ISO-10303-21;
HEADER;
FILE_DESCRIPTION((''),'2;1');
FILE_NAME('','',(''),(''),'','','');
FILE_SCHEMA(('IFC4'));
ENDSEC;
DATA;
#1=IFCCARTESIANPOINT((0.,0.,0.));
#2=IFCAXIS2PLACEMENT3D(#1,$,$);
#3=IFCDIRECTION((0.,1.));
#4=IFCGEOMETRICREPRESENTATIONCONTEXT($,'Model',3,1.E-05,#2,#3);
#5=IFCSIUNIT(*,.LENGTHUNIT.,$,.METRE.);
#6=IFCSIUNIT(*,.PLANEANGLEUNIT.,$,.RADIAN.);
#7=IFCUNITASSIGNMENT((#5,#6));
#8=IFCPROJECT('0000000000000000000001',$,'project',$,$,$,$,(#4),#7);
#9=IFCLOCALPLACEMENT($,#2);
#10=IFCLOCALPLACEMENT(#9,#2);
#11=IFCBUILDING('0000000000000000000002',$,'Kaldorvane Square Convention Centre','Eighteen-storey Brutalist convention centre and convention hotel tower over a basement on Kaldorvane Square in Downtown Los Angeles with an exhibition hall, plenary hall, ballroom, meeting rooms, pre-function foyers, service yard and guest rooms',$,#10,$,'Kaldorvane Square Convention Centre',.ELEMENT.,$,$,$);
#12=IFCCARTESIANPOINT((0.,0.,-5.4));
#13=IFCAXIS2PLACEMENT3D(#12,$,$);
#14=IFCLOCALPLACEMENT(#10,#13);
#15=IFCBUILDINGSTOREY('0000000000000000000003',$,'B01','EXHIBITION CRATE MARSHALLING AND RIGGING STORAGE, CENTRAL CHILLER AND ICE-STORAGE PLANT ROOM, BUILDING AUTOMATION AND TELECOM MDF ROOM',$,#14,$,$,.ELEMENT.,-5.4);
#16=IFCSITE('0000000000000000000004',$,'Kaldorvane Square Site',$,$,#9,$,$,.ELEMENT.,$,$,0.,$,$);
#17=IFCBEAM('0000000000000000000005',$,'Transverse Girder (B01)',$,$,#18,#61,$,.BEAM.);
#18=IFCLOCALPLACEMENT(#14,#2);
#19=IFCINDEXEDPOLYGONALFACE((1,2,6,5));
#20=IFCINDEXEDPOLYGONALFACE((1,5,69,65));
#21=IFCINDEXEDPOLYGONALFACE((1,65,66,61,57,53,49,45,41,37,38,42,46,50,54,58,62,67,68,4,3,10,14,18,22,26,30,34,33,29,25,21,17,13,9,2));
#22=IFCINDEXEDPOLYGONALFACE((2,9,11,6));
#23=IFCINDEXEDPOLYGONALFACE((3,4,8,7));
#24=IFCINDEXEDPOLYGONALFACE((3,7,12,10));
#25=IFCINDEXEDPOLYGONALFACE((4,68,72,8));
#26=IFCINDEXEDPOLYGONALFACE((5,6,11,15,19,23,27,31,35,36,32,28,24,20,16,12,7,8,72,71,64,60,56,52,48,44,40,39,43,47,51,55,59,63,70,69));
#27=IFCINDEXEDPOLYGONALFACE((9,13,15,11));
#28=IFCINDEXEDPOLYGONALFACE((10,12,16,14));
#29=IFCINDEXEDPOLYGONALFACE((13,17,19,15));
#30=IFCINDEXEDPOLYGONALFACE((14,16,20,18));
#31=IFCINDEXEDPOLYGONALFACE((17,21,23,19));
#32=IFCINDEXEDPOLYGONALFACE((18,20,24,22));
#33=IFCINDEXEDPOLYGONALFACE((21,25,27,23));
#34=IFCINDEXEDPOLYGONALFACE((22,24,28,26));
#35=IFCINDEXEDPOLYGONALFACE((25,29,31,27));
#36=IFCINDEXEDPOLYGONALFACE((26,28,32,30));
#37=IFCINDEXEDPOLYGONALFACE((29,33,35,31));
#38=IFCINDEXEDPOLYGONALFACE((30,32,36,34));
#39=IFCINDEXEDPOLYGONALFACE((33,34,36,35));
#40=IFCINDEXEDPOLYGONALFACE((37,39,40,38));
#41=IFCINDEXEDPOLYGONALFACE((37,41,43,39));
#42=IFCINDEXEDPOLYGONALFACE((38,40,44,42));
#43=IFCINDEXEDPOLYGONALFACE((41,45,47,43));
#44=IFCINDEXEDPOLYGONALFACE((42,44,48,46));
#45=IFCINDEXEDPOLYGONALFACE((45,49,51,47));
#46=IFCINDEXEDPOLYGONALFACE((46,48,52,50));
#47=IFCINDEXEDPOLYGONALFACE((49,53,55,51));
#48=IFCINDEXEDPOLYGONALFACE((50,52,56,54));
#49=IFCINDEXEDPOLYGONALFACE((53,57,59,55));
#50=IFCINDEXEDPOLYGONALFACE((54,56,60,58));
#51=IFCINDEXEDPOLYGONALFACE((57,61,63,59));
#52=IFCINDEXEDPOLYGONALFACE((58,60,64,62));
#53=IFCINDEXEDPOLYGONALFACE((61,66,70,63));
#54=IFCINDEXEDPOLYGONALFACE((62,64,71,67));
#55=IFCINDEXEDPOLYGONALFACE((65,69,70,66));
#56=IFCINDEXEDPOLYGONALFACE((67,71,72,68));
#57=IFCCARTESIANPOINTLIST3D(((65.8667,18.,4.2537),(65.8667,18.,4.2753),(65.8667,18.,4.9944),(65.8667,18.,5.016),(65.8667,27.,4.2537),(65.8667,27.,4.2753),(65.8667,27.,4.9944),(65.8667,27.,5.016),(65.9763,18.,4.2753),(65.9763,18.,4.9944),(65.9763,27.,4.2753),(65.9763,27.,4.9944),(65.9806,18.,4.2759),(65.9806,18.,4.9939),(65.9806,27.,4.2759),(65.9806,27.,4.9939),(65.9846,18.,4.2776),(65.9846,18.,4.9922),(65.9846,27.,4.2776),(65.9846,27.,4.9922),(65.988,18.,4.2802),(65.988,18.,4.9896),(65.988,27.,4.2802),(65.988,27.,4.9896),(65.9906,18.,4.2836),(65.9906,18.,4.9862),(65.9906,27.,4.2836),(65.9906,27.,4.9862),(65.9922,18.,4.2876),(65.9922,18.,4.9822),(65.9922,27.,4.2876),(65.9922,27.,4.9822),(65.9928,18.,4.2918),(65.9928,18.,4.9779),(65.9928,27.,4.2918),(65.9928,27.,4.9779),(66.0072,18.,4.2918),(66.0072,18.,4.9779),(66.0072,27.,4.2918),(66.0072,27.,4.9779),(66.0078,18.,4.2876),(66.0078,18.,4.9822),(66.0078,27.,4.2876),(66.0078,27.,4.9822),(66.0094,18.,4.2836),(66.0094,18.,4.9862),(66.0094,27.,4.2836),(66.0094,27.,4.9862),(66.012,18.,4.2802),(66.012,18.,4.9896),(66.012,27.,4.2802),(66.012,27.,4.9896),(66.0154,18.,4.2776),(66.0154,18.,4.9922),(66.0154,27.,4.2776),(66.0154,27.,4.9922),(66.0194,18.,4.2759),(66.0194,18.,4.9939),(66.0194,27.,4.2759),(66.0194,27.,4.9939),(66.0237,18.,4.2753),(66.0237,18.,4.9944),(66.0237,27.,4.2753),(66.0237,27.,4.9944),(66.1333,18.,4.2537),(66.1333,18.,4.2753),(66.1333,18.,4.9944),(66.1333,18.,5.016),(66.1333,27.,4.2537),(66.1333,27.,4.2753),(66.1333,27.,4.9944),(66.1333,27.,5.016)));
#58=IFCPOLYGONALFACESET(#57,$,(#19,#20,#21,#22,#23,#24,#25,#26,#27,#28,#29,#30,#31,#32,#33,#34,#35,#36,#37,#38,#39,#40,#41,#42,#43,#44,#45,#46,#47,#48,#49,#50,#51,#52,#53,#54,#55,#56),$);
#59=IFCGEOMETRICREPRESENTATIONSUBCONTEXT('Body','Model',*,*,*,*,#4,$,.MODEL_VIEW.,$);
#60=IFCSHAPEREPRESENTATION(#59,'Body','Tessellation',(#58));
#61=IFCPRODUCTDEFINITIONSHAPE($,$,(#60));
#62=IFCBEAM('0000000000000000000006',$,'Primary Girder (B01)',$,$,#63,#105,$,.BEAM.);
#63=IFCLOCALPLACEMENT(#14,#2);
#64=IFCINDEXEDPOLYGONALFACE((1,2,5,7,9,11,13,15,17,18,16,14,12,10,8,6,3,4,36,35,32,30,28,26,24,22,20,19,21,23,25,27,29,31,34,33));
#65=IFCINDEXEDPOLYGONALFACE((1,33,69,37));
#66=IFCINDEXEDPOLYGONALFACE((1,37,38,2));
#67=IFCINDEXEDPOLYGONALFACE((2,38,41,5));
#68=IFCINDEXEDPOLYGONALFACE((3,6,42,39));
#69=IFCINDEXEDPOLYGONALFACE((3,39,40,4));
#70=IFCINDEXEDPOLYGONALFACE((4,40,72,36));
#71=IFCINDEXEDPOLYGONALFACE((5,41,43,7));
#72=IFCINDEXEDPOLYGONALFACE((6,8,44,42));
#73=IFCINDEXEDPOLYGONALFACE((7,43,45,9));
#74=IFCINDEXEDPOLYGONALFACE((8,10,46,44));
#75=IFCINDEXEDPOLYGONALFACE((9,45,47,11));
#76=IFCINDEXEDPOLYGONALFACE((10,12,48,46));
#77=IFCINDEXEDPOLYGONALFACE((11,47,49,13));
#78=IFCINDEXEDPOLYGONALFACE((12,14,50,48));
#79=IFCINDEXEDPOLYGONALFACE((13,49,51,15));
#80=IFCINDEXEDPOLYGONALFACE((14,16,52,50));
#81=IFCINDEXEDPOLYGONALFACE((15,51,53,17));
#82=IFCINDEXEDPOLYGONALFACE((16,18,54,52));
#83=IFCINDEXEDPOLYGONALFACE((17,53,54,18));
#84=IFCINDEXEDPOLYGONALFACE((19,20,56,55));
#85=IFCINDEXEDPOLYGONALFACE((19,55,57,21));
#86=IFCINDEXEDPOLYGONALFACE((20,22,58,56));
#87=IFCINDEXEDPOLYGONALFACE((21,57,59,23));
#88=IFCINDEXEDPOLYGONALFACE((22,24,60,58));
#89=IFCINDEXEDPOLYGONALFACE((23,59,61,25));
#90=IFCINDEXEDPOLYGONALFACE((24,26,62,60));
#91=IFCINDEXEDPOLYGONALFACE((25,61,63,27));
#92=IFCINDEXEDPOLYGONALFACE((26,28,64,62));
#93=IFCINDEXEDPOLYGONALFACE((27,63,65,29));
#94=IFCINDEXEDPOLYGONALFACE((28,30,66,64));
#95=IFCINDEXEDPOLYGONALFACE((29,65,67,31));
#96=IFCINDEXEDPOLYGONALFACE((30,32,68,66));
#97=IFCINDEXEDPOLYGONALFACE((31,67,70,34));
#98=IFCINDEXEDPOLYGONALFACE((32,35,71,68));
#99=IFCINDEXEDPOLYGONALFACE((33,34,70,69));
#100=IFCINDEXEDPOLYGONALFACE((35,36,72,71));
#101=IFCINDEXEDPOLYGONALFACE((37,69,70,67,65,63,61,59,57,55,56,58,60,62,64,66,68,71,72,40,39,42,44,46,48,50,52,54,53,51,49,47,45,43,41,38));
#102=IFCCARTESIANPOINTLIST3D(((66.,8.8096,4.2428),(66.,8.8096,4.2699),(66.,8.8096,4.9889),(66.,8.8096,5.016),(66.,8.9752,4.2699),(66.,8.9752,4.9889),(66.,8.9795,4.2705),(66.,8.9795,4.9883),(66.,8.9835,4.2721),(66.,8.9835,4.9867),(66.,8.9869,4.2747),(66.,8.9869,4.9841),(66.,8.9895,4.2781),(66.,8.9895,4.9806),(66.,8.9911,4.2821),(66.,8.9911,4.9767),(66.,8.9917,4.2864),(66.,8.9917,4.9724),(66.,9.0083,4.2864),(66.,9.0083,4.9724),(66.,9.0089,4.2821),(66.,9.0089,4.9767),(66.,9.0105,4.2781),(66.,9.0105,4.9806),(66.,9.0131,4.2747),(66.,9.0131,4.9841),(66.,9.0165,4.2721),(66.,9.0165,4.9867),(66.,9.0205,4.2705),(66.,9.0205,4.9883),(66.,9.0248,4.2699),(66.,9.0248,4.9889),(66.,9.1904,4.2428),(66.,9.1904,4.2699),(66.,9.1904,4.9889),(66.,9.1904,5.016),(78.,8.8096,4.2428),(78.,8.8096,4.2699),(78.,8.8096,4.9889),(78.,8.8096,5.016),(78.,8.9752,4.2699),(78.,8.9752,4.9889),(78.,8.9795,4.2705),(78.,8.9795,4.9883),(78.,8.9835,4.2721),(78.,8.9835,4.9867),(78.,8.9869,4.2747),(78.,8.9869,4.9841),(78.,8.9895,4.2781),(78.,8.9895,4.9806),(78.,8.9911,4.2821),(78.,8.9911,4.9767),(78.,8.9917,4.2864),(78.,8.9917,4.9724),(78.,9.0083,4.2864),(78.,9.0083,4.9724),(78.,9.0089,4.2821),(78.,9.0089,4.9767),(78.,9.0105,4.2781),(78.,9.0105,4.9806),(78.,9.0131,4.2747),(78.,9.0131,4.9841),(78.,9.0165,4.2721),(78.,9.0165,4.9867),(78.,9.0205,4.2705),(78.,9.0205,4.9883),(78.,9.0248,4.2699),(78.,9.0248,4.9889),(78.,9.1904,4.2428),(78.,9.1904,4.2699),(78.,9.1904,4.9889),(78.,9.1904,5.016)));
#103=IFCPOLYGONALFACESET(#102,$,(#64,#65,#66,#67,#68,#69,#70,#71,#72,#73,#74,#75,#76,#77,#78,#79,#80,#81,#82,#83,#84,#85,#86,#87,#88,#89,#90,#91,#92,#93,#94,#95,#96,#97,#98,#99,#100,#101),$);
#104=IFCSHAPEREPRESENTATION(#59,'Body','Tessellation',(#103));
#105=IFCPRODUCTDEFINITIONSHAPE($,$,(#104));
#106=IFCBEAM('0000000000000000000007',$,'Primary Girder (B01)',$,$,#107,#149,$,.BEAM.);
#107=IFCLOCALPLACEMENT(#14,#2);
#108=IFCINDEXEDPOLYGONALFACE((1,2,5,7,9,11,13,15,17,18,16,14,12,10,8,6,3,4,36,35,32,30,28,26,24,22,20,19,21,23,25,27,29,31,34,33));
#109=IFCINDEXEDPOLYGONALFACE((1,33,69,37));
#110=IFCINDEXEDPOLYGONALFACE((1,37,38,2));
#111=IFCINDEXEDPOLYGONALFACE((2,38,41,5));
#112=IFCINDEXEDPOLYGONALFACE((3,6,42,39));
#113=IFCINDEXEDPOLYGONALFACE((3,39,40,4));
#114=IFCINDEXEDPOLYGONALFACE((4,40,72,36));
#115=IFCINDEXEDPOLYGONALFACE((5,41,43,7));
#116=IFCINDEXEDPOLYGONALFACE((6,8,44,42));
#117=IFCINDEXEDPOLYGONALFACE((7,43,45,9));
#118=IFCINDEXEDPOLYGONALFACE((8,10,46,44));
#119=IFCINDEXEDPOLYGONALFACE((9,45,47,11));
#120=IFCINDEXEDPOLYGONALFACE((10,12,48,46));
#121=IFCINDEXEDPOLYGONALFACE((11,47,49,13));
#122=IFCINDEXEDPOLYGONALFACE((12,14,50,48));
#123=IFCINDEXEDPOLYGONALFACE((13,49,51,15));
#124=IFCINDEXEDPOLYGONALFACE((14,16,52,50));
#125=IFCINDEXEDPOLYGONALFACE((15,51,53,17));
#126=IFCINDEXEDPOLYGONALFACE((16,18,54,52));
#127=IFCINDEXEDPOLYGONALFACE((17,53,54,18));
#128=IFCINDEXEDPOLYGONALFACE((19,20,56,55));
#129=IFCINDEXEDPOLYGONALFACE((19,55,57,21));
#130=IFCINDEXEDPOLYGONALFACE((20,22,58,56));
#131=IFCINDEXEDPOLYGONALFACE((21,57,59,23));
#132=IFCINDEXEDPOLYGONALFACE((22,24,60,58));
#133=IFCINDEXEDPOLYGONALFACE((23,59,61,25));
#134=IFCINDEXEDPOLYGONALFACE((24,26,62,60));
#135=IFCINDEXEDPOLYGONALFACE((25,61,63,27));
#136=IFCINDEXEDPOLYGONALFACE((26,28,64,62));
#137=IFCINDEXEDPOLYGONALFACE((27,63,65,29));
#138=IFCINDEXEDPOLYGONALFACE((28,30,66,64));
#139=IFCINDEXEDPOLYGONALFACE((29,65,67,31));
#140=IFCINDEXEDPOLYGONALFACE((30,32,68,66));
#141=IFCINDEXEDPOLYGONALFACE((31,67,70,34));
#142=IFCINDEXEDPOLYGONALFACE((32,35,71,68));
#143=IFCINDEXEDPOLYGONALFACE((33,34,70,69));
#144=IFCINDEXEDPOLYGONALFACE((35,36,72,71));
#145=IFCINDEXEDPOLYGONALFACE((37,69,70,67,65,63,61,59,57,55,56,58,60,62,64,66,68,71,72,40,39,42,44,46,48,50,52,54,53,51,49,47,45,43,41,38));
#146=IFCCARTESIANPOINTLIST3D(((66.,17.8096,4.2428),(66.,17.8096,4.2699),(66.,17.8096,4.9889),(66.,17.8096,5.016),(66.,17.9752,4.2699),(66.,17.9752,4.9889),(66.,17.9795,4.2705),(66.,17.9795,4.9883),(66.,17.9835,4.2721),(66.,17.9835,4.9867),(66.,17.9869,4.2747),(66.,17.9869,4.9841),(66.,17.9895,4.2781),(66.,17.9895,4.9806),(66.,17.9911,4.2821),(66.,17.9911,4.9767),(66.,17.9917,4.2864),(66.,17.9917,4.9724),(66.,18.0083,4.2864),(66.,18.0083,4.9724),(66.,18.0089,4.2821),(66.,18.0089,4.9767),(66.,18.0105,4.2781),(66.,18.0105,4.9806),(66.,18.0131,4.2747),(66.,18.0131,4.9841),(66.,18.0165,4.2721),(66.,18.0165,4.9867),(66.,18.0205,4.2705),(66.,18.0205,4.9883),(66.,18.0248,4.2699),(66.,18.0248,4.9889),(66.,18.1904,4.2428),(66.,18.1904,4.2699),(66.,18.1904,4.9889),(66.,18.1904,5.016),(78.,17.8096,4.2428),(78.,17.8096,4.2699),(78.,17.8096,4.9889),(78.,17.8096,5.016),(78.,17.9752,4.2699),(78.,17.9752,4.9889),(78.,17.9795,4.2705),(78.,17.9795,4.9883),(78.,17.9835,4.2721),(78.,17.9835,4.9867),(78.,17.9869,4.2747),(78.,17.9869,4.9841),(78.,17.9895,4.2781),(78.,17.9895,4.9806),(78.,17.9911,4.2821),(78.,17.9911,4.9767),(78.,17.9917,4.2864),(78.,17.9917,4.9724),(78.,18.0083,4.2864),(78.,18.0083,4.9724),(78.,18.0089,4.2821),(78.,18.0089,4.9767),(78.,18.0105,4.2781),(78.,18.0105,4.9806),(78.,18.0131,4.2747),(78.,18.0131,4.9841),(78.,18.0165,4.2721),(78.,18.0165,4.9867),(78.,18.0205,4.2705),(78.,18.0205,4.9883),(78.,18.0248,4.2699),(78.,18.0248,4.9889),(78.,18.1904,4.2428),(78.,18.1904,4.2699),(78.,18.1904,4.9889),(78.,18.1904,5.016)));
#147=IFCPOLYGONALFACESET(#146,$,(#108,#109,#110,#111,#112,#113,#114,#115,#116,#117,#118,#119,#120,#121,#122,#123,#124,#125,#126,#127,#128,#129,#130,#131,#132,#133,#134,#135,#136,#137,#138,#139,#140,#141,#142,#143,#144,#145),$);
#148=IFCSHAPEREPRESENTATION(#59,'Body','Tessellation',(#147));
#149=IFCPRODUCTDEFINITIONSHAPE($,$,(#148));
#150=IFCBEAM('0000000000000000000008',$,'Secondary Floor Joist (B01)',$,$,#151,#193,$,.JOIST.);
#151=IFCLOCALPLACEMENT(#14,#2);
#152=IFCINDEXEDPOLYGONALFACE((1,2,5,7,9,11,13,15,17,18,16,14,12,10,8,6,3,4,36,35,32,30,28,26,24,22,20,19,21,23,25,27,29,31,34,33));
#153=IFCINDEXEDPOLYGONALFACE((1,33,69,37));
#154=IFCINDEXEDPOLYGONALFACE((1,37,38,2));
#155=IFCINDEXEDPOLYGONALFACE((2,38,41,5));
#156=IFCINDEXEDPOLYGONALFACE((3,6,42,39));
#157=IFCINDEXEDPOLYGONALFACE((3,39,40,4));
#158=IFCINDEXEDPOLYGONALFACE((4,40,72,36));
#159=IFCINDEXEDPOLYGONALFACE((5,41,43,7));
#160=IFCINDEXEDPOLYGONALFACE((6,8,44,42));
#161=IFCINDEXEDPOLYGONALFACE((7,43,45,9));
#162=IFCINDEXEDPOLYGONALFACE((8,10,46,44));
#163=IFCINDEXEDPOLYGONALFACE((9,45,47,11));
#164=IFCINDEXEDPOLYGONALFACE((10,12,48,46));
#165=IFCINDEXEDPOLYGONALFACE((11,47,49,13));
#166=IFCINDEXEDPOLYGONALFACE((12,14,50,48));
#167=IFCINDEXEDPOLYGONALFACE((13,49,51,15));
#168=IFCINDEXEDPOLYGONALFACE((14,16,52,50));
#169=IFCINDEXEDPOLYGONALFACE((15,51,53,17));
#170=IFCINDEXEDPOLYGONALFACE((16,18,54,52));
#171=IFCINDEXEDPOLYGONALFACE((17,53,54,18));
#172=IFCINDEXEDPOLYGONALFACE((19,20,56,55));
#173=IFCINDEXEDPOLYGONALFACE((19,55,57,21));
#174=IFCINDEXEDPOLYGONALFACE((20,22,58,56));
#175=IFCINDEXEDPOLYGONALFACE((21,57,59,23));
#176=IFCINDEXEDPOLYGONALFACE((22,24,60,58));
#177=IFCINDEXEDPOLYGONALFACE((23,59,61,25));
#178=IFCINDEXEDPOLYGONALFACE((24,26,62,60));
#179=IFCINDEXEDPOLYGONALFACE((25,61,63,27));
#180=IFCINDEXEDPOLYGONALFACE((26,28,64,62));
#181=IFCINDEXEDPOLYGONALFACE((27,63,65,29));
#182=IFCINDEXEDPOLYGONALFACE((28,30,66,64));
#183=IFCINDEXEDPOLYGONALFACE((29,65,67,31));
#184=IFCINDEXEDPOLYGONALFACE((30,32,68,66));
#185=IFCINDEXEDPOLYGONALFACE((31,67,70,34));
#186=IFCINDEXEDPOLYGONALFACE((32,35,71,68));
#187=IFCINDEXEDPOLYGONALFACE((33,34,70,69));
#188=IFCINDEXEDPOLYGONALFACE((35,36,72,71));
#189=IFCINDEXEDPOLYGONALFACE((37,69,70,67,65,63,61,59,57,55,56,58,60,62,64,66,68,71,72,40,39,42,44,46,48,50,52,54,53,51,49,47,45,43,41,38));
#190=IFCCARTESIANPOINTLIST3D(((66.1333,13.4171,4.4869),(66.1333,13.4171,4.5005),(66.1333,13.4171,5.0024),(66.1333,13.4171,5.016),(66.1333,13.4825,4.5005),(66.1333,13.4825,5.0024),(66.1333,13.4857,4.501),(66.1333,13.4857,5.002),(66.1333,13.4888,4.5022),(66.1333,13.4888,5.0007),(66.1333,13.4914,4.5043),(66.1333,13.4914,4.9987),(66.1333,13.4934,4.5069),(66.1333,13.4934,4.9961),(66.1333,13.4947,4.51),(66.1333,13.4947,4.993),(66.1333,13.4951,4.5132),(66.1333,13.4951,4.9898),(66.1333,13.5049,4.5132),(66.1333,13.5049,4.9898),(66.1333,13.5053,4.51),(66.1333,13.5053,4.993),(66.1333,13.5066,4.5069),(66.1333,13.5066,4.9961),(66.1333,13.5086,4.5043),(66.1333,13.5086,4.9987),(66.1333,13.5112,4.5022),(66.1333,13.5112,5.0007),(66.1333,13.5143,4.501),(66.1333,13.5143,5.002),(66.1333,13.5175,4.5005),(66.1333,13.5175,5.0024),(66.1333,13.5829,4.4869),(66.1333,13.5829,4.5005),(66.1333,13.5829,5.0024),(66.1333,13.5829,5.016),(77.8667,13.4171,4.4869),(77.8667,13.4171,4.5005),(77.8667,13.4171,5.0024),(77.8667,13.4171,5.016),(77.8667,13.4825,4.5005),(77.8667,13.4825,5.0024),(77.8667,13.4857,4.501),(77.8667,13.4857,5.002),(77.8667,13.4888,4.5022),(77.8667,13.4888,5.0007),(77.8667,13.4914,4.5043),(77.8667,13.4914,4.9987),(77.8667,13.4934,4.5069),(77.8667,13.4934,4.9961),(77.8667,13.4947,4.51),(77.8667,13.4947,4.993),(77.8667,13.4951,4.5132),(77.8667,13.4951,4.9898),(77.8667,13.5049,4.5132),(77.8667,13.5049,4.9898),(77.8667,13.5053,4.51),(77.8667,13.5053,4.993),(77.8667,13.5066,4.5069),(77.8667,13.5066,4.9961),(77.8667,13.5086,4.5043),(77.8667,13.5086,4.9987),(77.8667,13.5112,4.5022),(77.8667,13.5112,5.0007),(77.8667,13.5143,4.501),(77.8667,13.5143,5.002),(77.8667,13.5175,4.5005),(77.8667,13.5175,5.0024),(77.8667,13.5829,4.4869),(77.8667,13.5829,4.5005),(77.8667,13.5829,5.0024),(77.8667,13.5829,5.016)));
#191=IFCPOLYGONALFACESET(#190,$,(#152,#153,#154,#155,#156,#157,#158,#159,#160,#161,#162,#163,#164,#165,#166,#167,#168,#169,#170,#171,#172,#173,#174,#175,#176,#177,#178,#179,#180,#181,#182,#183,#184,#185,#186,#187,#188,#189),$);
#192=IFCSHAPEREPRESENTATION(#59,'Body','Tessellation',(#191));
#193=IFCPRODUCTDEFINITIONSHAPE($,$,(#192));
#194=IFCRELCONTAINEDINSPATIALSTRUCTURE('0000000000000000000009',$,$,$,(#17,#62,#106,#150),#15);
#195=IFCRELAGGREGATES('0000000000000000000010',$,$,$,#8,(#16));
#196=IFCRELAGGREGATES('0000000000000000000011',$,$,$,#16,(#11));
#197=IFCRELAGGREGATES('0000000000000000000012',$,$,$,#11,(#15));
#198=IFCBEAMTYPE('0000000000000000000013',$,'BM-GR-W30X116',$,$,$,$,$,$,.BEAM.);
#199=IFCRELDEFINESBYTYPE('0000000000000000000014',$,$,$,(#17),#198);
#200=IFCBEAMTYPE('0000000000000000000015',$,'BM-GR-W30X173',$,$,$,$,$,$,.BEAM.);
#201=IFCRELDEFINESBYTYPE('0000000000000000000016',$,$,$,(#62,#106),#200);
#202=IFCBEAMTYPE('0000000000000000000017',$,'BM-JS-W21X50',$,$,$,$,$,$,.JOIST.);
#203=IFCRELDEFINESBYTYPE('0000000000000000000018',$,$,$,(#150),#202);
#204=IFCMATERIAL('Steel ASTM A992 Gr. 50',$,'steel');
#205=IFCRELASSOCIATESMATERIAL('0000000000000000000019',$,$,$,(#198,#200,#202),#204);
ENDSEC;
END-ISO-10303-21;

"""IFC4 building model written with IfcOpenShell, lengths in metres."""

from ifc_helpers import new_model, si_unit, direction, frame, origin, origin_2d, place, context, subcontext, project, spatial, i_section, extrude, material, material_profile, profile_set, type_object, element, save


model = new_model("IFC4")

# Units and contexts
model_context = context("Model", 3, precision=1e-05, world=origin(), true_north=direction((0.0, 1.0)))
body_context = subcontext(model_context, "Body", "Model", "MODEL_VIEW")
ifc_project = project(units=[si_unit("LENGTHUNIT", "METRE"), si_unit("PLANEANGLEUNIT", "RADIAN")], contexts=[model_context])

# Site, building, storey
site_placement = place(None, origin())
site = spatial("IfcSite", under=ifc_project, at=site_placement, Name="Kaldorvane Square Site", CompositionType="ELEMENT", RefElevation=0.0)
building_placement = place(site_placement, origin())
building = spatial("IfcBuilding", under=site, at=building_placement, Name="Kaldorvane Square Convention Centre", Description="Eighteen-storey Brutalist convention centre and convention hotel tower over a basement on Kaldorvane Square in Downtown Los Angeles with an exhibition hall, plenary hall, ballroom, meeting rooms, pre-function foyers, service yard and guest rooms", LongName="Kaldorvane Square Convention Centre", CompositionType="ELEMENT")
storey_placement = place(building_placement, frame((0.0, 0.0, -5.4)))
storey = spatial("IfcBuildingStorey", under=building, at=storey_placement, Name="B01", Description="EXHIBITION CRATE MARSHALLING AND RIGGING STORAGE, CENTRAL CHILLER AND ICE-STORAGE PLANT ROOM, BUILDING AUTOMATION AND TELECOM MDF ROOM", CompositionType="ELEMENT", Elevation=-5.4)

# Shared definitions
ifc_material_1 = material(Name="Steel ASTM A992 Gr. 50", Category="steel")

# Beams
ifc_material_profile_1 = material_profile(ifc_material_1, i_section(OverallWidth=0.2666, OverallDepth=0.7623, WebThickness=0.0144, FlangeThickness=0.0216, FilletRadius=0.0165, at=origin_2d()), Name="W30X116")
ifc_profile_set_1 = profile_set([ifc_material_profile_1], Name="Steel ASTM A992 Gr. 50")
beam_type_1 = type_object("IfcBeamType", Name="BM-GR-W30X116", PredefinedType="BEAM", material=ifc_profile_set_1)
for number, where, z_axis, x_axis, name in (
    (1, (66.0, 18.0, 4.6349), (0.0, 1.0, 0.0), (-1.0, 0.0, 0.0), "Transverse Girder (B01)"),
):
    element("IfcBeam", number, at=place(storey_placement, frame(where, z_axis=z_axis, x_axis=x_axis)), inside=storey, type_object=beam_type_1, Name=name, PredefinedType="BEAM", context=body_context, shape_type="SweptSolid", body=[
        extrude(i_section(OverallWidth=0.2666, OverallDepth=0.7623, WebThickness=0.0144, FlangeThickness=0.0216, FilletRadius=0.0165, at=origin_2d()), origin(), (0.0, 0.0, 1.0), 9.0),
    ])
ifc_material_profile_2 = material_profile(ifc_material_1, i_section(OverallWidth=0.3807, OverallDepth=0.7732, WebThickness=0.0166, FlangeThickness=0.0271, FilletRadius=0.0165, at=origin_2d()), Name="W30X173")
ifc_profile_set_2 = profile_set([ifc_material_profile_2], Name="Steel ASTM A992 Gr. 50")
beam_type_2 = type_object("IfcBeamType", Name="BM-GR-W30X173", PredefinedType="BEAM", material=ifc_profile_set_2)
for number, where, z_axis, x_axis, name in (
    (2, (66.0, 9.0, 4.6294), (1.0, 0.0, 0.0), (0.0, 1.0, 0.0), "Primary Girder (B01)"),
    (3, (66.0, 18.0, 4.6294), (1.0, 0.0, 0.0), (0.0, 1.0, 0.0), "Primary Girder (B01)"),
):
    element("IfcBeam", number, at=place(storey_placement, frame(where, z_axis=z_axis, x_axis=x_axis)), inside=storey, type_object=beam_type_2, Name=name, PredefinedType="BEAM", context=body_context, shape_type="SweptSolid", body=[
        extrude(i_section(OverallWidth=0.3807, OverallDepth=0.7732, WebThickness=0.0166, FlangeThickness=0.0271, FilletRadius=0.0165, at=origin_2d()), origin(), (0.0, 0.0, 1.0), 12.0),
    ])
ifc_material_profile_3 = material_profile(ifc_material_1, i_section(OverallWidth=0.1659, OverallDepth=0.5291, WebThickness=0.0097, FlangeThickness=0.0136, FilletRadius=0.0127, at=origin_2d()), Name="W21X50")
ifc_profile_set_3 = profile_set([ifc_material_profile_3], Name="Steel ASTM A992 Gr. 50")
beam_type_3 = type_object("IfcBeamType", Name="BM-JS-W21X50", PredefinedType="JOIST", material=ifc_profile_set_3)
beam_placement = place(storey_placement, frame((66.1333, 13.5, 4.7515), z_axis=(1.0, 0.0, 0.0), x_axis=(0.0, 1.0, 0.0)))
element("IfcBeam", 4, at=beam_placement, inside=storey, type_object=beam_type_3, Name="Secondary Floor Joist (B01)", PredefinedType="JOIST", context=body_context, shape_type="SweptSolid", body=[
    extrude(i_section(OverallWidth=0.1659, OverallDepth=0.5291, WebThickness=0.0097, FlangeThickness=0.0136, FilletRadius=0.0127, at=origin_2d()), origin(), (0.0, 0.0, 1.0), 11.7334),
])

save(model, "model.ifc")
